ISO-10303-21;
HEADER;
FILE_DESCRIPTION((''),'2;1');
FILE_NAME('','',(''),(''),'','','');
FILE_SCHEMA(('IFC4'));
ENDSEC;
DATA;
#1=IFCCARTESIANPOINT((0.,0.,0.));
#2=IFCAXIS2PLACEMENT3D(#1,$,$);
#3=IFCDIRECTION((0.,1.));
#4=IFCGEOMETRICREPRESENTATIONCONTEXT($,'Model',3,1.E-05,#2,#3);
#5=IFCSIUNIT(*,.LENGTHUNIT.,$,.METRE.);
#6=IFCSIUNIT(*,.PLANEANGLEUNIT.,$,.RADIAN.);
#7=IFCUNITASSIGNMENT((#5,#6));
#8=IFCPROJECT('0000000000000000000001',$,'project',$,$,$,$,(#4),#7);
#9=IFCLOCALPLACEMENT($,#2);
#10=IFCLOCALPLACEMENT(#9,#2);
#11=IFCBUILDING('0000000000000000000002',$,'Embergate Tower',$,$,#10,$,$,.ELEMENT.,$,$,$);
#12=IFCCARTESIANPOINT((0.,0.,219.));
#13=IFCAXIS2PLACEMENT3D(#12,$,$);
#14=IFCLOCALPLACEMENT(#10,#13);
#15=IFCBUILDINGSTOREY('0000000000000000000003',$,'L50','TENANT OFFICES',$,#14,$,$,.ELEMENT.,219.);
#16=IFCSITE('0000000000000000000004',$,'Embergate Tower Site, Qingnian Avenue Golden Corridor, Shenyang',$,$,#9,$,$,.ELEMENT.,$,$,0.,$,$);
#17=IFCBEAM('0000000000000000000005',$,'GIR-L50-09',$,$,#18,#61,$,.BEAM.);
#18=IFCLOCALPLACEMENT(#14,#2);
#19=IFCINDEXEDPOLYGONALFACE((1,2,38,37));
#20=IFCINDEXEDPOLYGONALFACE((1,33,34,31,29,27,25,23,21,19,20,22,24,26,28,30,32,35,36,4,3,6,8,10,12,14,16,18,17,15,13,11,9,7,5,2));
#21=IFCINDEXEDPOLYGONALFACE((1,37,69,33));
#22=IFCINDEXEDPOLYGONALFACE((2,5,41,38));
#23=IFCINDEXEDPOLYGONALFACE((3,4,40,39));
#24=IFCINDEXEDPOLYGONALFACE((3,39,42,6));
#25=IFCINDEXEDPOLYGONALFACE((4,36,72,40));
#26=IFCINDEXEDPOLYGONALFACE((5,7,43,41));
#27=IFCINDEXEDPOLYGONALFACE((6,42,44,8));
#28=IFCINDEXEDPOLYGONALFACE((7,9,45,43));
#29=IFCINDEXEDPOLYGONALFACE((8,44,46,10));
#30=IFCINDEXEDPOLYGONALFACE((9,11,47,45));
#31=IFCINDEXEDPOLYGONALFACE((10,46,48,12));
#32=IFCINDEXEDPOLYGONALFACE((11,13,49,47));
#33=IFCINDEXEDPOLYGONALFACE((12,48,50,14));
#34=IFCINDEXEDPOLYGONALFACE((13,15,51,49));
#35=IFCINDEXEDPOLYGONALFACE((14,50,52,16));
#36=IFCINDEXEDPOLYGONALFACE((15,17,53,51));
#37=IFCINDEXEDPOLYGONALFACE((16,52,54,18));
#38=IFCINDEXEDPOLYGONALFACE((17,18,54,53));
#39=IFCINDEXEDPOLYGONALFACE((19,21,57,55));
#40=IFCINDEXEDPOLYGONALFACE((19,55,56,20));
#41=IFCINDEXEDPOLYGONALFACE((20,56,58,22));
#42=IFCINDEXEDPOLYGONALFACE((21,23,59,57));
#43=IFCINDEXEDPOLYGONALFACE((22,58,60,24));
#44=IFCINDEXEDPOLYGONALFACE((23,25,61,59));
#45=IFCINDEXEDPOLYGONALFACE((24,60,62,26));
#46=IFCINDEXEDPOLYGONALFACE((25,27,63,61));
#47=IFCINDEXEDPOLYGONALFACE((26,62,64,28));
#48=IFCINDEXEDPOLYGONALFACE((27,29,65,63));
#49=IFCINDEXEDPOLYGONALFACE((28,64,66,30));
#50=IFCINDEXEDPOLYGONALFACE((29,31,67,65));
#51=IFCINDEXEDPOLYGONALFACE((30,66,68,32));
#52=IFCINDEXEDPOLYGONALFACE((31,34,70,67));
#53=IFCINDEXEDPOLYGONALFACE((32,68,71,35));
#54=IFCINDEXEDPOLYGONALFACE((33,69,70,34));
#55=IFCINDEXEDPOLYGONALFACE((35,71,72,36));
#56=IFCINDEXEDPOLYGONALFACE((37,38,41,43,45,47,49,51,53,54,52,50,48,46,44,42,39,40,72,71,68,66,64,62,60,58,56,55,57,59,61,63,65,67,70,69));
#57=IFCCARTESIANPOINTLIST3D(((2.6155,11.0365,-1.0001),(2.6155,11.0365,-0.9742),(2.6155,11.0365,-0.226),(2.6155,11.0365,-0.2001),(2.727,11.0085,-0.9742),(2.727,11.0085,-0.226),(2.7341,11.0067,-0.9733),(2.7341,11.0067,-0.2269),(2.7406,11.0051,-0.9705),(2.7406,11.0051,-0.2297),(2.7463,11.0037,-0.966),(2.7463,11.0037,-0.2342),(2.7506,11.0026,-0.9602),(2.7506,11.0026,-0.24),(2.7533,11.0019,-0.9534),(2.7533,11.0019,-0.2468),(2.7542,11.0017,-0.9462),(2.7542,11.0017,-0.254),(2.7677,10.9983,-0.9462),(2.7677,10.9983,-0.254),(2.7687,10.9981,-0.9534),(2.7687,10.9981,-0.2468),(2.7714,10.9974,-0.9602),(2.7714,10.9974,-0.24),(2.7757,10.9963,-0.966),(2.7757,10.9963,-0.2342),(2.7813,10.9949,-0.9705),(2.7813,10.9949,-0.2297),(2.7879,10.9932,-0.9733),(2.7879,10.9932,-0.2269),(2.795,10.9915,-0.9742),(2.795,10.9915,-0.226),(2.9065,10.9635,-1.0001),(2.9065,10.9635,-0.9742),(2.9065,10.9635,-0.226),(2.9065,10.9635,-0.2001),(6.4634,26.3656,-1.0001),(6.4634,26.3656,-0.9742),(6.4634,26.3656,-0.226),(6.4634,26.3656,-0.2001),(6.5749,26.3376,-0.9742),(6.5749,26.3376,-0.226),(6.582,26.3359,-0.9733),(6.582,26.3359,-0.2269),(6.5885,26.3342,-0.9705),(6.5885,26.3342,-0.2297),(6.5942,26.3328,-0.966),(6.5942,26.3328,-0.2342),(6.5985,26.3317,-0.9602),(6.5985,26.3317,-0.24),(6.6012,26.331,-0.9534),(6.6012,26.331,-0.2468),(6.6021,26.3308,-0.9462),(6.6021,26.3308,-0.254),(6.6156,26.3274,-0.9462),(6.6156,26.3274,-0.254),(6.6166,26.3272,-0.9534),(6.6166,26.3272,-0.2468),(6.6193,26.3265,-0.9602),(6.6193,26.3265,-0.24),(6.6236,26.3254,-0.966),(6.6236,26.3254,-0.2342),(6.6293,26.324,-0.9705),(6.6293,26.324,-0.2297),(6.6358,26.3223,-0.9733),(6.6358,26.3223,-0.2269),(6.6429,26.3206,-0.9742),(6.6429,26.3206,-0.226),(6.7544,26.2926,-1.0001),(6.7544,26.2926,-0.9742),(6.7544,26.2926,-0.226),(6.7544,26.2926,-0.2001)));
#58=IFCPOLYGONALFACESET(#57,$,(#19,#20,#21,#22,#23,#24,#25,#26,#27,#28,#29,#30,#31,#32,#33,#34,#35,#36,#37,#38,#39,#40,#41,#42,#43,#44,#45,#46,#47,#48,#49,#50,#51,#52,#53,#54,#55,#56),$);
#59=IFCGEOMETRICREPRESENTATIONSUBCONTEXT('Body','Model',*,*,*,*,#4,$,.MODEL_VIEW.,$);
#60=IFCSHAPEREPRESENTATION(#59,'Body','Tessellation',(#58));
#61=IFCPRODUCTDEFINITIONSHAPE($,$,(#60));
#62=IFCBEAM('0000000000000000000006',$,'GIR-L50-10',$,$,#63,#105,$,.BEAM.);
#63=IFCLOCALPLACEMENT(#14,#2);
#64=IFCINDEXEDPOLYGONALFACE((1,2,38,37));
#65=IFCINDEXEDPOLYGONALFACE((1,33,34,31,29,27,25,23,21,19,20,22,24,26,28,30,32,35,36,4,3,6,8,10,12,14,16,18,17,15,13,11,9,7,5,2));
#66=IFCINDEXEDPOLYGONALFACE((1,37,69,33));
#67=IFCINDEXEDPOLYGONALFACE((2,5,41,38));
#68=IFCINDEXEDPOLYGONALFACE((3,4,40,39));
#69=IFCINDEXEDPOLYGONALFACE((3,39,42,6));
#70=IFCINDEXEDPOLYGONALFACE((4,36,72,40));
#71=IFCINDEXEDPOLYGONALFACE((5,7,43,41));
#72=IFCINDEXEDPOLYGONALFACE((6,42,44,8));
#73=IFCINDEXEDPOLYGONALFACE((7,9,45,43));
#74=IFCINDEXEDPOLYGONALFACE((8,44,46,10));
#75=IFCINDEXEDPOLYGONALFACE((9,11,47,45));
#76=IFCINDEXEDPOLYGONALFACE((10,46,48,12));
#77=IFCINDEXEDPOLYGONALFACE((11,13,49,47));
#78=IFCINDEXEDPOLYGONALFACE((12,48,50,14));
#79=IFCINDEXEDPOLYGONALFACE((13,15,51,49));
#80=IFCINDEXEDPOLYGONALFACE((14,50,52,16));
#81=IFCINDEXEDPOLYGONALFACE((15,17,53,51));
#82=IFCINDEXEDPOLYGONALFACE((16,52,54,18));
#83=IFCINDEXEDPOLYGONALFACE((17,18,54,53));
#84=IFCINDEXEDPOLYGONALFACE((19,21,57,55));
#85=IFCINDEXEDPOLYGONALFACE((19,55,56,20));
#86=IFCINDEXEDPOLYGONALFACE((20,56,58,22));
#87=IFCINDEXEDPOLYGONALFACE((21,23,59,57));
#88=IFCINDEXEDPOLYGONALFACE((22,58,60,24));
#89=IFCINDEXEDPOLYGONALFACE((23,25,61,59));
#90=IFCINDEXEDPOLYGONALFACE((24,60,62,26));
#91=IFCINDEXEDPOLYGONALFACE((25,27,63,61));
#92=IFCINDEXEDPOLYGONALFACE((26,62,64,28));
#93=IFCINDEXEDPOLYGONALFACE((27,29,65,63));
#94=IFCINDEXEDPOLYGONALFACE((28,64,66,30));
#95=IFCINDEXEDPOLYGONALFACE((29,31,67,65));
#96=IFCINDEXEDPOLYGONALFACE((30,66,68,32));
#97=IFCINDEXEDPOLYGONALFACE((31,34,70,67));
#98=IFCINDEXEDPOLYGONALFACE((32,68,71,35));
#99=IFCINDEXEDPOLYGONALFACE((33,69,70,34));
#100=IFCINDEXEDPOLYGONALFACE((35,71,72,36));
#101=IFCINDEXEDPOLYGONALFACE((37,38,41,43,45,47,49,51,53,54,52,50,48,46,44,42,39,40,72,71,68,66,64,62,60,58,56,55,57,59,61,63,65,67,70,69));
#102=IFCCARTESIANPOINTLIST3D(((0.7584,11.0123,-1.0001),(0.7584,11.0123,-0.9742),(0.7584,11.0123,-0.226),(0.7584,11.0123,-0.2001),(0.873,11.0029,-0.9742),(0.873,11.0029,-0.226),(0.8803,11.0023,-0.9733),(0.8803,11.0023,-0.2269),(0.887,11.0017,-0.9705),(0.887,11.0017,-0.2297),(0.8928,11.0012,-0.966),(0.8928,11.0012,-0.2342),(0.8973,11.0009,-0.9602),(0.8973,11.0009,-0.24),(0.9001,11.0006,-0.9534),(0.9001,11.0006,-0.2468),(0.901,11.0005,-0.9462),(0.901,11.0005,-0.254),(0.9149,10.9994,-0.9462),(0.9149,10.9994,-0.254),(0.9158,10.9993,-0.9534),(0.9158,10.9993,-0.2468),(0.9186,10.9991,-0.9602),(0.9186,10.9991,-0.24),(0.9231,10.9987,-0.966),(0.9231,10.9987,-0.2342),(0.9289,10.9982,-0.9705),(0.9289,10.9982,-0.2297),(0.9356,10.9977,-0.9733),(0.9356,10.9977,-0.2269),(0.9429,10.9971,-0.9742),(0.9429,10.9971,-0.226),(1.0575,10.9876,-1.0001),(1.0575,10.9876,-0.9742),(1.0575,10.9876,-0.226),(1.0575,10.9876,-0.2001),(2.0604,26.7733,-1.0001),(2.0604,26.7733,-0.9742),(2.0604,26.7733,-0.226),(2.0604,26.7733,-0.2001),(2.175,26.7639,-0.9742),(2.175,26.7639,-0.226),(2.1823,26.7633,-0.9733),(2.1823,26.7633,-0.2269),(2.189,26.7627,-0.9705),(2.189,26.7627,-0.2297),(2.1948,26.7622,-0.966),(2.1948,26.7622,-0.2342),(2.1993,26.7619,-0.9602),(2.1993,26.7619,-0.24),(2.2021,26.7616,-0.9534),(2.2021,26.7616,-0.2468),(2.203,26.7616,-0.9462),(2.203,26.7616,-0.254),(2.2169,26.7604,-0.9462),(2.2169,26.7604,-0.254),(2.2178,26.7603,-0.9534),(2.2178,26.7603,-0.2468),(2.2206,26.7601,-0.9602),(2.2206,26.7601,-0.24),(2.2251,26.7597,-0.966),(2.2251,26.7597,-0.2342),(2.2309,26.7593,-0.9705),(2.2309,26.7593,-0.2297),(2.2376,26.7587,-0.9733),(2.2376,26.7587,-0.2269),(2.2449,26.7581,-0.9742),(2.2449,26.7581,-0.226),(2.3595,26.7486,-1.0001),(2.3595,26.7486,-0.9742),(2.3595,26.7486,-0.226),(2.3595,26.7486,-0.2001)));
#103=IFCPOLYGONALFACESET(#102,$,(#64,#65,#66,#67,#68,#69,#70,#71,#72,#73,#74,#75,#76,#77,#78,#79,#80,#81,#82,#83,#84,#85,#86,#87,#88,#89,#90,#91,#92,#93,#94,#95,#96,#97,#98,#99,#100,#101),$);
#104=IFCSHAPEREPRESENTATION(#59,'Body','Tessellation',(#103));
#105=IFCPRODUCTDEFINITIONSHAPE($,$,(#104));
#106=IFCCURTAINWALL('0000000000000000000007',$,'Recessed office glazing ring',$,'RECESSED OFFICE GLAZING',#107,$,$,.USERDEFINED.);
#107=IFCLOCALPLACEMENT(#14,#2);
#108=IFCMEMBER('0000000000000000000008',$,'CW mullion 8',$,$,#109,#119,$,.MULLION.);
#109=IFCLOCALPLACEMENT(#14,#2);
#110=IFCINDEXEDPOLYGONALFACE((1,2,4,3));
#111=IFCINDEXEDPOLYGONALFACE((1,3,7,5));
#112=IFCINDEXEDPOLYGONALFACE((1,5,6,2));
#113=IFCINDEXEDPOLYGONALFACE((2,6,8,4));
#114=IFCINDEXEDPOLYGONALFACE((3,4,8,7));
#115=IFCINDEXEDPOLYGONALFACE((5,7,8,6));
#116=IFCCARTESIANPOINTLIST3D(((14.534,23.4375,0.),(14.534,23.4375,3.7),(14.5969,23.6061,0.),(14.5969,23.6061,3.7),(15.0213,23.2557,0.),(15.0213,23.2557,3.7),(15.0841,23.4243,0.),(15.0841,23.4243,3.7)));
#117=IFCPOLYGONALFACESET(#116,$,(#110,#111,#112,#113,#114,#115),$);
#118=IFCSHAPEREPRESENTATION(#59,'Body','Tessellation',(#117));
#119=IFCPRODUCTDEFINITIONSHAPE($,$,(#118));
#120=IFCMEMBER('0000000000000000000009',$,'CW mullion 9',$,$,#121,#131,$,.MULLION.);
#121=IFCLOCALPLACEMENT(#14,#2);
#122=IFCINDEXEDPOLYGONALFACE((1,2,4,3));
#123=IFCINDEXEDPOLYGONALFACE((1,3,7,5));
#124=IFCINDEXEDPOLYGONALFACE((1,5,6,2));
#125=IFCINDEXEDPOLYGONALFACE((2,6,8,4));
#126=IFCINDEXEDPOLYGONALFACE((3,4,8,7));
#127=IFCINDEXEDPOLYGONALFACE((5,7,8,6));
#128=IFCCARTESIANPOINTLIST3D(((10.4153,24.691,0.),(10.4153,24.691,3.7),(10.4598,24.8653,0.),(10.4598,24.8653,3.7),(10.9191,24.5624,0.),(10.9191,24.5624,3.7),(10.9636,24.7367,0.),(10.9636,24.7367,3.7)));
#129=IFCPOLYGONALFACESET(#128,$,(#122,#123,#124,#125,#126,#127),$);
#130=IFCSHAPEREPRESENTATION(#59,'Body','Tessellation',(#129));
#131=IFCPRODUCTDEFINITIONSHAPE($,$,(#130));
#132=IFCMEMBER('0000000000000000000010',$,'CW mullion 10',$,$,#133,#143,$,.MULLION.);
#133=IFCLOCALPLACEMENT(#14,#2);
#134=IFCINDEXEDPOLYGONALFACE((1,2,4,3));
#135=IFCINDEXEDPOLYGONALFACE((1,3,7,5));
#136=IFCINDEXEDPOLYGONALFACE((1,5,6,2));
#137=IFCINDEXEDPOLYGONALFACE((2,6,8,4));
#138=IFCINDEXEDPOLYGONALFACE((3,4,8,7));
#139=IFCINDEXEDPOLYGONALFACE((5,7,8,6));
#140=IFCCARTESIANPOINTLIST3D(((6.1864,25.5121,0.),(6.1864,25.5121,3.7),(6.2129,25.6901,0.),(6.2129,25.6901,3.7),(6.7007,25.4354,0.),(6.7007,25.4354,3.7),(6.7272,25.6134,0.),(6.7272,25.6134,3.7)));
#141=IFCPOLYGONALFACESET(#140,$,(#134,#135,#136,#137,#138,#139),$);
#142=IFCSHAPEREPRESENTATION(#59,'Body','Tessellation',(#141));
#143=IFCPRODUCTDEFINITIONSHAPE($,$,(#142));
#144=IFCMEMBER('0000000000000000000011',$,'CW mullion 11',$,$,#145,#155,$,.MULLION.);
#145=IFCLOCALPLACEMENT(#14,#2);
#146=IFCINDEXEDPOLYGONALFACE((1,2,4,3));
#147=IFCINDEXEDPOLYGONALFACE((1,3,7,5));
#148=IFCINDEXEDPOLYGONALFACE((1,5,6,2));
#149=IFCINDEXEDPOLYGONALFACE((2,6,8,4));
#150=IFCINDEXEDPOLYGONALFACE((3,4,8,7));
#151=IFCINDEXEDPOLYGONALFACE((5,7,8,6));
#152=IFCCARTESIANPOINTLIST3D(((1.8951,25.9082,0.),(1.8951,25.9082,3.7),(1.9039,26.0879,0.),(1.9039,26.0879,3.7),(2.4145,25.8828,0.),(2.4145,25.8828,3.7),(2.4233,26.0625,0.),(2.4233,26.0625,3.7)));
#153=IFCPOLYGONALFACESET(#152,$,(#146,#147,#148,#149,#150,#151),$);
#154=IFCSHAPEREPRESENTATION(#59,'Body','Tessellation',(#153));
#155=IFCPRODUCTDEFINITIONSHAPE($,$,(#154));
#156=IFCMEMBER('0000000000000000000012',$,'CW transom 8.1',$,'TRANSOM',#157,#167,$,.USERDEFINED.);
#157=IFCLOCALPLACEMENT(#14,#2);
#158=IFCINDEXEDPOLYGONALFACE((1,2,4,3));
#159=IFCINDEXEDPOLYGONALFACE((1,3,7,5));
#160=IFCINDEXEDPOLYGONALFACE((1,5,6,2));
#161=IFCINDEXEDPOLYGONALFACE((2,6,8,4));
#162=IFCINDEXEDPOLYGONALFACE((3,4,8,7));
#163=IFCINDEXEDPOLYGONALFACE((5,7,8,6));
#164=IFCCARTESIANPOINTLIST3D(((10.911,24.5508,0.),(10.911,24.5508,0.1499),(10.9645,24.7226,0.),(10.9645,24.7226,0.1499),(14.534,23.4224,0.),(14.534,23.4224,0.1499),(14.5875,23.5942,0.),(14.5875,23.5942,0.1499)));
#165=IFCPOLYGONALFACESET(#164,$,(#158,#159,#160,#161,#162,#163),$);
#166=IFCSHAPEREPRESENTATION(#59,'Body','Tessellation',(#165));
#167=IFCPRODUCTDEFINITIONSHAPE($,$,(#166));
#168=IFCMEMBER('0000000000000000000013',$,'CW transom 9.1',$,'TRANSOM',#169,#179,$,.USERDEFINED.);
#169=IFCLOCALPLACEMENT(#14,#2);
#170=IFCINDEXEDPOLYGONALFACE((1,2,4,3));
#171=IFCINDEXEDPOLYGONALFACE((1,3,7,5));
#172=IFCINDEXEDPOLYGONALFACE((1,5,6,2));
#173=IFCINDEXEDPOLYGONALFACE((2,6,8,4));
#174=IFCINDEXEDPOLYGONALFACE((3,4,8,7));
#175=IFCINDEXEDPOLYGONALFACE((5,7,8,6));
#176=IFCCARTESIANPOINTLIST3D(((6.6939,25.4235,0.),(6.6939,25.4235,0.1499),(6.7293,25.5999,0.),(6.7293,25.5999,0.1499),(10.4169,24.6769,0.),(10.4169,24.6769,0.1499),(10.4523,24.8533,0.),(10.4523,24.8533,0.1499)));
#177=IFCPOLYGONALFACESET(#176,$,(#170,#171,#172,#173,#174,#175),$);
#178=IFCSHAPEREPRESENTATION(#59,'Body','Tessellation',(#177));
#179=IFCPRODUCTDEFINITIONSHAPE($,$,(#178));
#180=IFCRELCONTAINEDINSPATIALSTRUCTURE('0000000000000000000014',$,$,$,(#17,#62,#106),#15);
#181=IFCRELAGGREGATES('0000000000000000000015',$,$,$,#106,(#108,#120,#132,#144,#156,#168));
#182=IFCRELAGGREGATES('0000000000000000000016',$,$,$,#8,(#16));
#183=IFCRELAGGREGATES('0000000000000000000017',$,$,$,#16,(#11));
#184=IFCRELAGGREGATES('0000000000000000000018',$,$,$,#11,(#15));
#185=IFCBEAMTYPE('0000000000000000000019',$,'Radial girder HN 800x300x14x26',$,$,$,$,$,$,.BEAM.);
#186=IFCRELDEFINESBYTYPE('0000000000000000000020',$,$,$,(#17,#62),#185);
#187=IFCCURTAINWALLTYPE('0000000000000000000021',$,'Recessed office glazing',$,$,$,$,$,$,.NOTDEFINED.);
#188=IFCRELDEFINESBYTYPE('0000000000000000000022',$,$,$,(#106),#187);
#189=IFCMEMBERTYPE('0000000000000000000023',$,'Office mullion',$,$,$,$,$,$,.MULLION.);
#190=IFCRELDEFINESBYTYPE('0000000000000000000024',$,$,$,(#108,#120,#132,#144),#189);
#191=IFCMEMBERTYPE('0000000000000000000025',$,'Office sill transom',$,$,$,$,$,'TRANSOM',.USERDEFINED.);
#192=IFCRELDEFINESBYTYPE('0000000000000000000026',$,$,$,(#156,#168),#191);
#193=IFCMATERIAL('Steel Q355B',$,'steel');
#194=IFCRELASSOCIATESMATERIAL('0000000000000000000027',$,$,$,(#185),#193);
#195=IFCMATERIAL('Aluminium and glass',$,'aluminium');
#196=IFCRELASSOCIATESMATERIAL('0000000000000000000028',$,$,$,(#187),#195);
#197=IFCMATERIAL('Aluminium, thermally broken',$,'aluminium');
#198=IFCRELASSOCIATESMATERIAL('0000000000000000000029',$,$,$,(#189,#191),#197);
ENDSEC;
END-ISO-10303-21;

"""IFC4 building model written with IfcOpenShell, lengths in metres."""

from ifc_helpers import new_model, si_unit, direction, frame, origin, origin_2d, place, context, subcontext, project, spatial, rectangle, i_section, extrude, source, transform, mapped, material, material_profile, profile_set, type_object, element, aggregate, save


model = new_model("IFC4")

# Units and contexts
model_context = context("Model", 3, precision=1e-05, world=origin(), true_north=direction((0.0, 1.0)))
body_context = subcontext(model_context, "Body", "Model", "MODEL_VIEW")
ifc_project = project(units=[si_unit("LENGTHUNIT", "METRE"), si_unit("PLANEANGLEUNIT", "RADIAN")], contexts=[model_context])

# Site, building, storey
site_placement = place(None, origin())
site = spatial("IfcSite", under=ifc_project, at=site_placement, Name="Embergate Tower Site, Qingnian Avenue Golden Corridor, Shenyang", CompositionType="ELEMENT", RefElevation=0.0)
building_placement = place(site_placement, origin())
building = spatial("IfcBuilding", under=site, at=building_placement, Name="Embergate Tower", CompositionType="ELEMENT")
storey_placement = place(building_placement, frame((0.0, 0.0, 219.0)))
storey = spatial("IfcBuildingStorey", under=building, at=storey_placement, Name="L50", Description="TENANT OFFICES", CompositionType="ELEMENT", Elevation=219.0)

# Beams
ifc_material_1 = material(Name="Steel Q355B", Category="steel")
ifc_material_profile_1 = material_profile(ifc_material_1, i_section(OverallWidth=0.3, OverallDepth=0.8, WebThickness=0.0139, FlangeThickness=0.0259, FilletRadius=0.0281, at=origin_2d()), Name="HN 800x300x14x26")
ifc_profile_set_1 = profile_set([ifc_material_profile_1], Name="Steel Q355 grade B")
beam_type_1 = type_object("IfcBeamType", Name="Radial girder HN 800x300x14x26", PredefinedType="BEAM", material=ifc_profile_set_1)
shared_shape_1 = source(origin(), body_context, "Body", "SweptSolid", [
    extrude(i_section(OverallWidth=0.3, OverallDepth=0.8, WebThickness=0.0139, FlangeThickness=0.0259, FilletRadius=0.0281, at=origin_2d()), origin(), (0.0, 0.0, 1.0), 15.8047),
])
beam_1_placement = place(storey_placement, frame((6.6089, 26.3291, -0.6001), z_axis=(-0.243466, -0.969909, 0.0), x_axis=(0.969909, -0.243466, 0.0)))
element("IfcBeam", 1, at=beam_1_placement, inside=storey, type_object=beam_type_1, Name="GIR-L50-09", PredefinedType="BEAM", context=body_context, shape_type="MappedRepresentation", body=[
    mapped(shared_shape_1, transform((0.0, 0.0, 0.0))),
])
shared_shape_2 = source(origin(), body_context, "Body", "SweptSolid", [
    extrude(i_section(OverallWidth=0.3, OverallDepth=0.8, WebThickness=0.0139, FlangeThickness=0.0259, FilletRadius=0.0281, at=origin_2d()), origin(), (0.0, 0.0, 1.0), 15.8147),
])
beam_2_placement = place(storey_placement, frame((2.21, 26.761, -0.6001), z_axis=(-0.082329, -0.996605, 0.0), x_axis=(0.996605, -0.082329, 0.0)))
element("IfcBeam", 2, at=beam_2_placement, inside=storey, type_object=beam_type_1, Name="GIR-L50-10", PredefinedType="BEAM", context=body_context, shape_type="MappedRepresentation", body=[
    mapped(shared_shape_2, transform((0.0, 0.0, 0.0))),
])

# Curtain wall, members
ifc_material_2 = material(Name="Aluminium and glass", Category="aluminium")
curtain_wall_type = type_object("IfcCurtainWallType", Name="Recessed office glazing", PredefinedType="NOTDEFINED", material=ifc_material_2)
curtain_wall_placement = place(storey_placement, origin())
curtain_wall = element("IfcCurtainWall", 3, at=curtain_wall_placement, inside=storey, type_object=curtain_wall_type, Name="Recessed office glazing ring", ObjectType="RECESSED OFFICE GLAZING", PredefinedType="USERDEFINED")
ifc_material_3 = material(Name="Aluminium, thermally broken", Category="aluminium")
ifc_material_profile_2 = material_profile(ifc_material_3, rectangle(XDim=0.1799, YDim=0.52, at=origin_2d()), Name="AL 520x180")
ifc_profile_set_2 = profile_set([ifc_material_profile_2], Name="Aluminium, thermally broken")
member_type_1 = type_object("IfcMemberType", Name="Office mullion", PredefinedType="MULLION", material=ifc_profile_set_2)
shared_shape_3 = source(origin(), body_context, "Body", "SweptSolid", [
    extrude(rectangle(XDim=0.1799, YDim=0.52, at=origin_2d()), origin(), (0.0, 0.0, 1.0), 3.7),
])
member_1_placement = place(storey_placement, frame((14.8091, 23.4309, 0.0), z_axis=(0.0, 0.0, 1.0), x_axis=(-0.349504, -0.936935, 0.0)))
member_1 = element("IfcMember", 4, at=member_1_placement, type_object=member_type_1, Name="CW mullion 8", PredefinedType="MULLION", context=body_context, shape_type="MappedRepresentation", body=[
    mapped(shared_shape_3, transform((0.0, 0.0, 0.0))),
])
member_2_placement = place(storey_placement, frame((10.6895, 24.7139, 0.0), z_axis=(0.0, 0.0, 1.0), x_axis=(-0.247314, -0.968935, 0.0)))
member_2 = element("IfcMember", 5, at=member_2_placement, type_object=member_type_1, Name="CW mullion 9", PredefinedType="MULLION", context=body_context, shape_type="MappedRepresentation", body=[
    mapped(shared_shape_3, transform((0.0, 0.0, 0.0))),
])
member_3_placement = place(storey_placement, frame((6.4568, 25.5627, 0.0), z_axis=(0.0, 0.0, 1.0), x_axis=(-0.147414, -0.989075, 0.0)))
member_3 = element("IfcMember", 6, at=member_3_placement, type_object=member_type_1, Name="CW mullion 10", PredefinedType="MULLION", context=body_context, shape_type="MappedRepresentation", body=[
    mapped(shared_shape_3, transform((0.0, 0.0, 0.0))),
])
member_4_placement = place(storey_placement, frame((2.1592, 25.9854, 0.0), z_axis=(0.0, 0.0, 1.0), x_axis=(-0.048972, -0.9988, 0.0)))
member_4 = element("IfcMember", 7, at=member_4_placement, type_object=member_type_1, Name="CW mullion 11", PredefinedType="MULLION", context=body_context, shape_type="MappedRepresentation", body=[
    mapped(shared_shape_3, transform((0.0, 0.0, 0.0))),
])
ifc_material_profile_3 = material_profile(ifc_material_3, rectangle(XDim=0.1799, YDim=0.1499, at=origin_2d()), Name="AL 150x180")
ifc_profile_set_3 = profile_set([ifc_material_profile_3], Name="Aluminium, thermally broken")
member_type_2 = type_object("IfcMemberType", Name="Office sill transom", ElementType="TRANSOM", PredefinedType="USERDEFINED", material=ifc_profile_set_3)
shared_shape_4 = source(origin(), body_context, "Body", "SweptSolid", [
    extrude(rectangle(XDim=0.1799, YDim=0.1499, at=origin_2d()), origin(), (0.0, 0.0, 1.0), 3.7947),
])
member_5_placement = place(storey_placement, frame((14.5608, 23.5083, 0.075), z_axis=(-0.954763, 0.297366, 0.0), x_axis=(-0.297366, -0.954763, 0.0)))
member_5 = element("IfcMember", 8, at=member_5_placement, type_object=member_type_2, Name="CW transom 8.1", ObjectType="TRANSOM", PredefinedType="USERDEFINED", context=body_context, shape_type="MappedRepresentation", body=[
    mapped(shared_shape_4, transform((0.0, 0.0, 0.0))),
])
shared_shape_5 = source(origin(), body_context, "Body", "SweptSolid", [
    extrude(rectangle(XDim=0.1799, YDim=0.1499, at=origin_2d()), origin(), (0.0, 0.0, 1.0), 3.7971),
])
member_6_placement = place(storey_placement, frame((10.4346, 24.7651, 0.075), z_axis=(-0.980479, 0.196623, 0.0), x_axis=(-0.196623, -0.980479, 0.0)))
member_6 = element("IfcMember", 9, at=member_6_placement, type_object=member_type_2, Name="CW transom 9.1", ObjectType="TRANSOM", PredefinedType="USERDEFINED", context=body_context, shape_type="MappedRepresentation", body=[
    mapped(shared_shape_5, transform((0.0, 0.0, 0.0))),
])
aggregate(curtain_wall, [member_1, member_2, member_3, member_4, member_5, member_6])

save(model, "model.ifc")
